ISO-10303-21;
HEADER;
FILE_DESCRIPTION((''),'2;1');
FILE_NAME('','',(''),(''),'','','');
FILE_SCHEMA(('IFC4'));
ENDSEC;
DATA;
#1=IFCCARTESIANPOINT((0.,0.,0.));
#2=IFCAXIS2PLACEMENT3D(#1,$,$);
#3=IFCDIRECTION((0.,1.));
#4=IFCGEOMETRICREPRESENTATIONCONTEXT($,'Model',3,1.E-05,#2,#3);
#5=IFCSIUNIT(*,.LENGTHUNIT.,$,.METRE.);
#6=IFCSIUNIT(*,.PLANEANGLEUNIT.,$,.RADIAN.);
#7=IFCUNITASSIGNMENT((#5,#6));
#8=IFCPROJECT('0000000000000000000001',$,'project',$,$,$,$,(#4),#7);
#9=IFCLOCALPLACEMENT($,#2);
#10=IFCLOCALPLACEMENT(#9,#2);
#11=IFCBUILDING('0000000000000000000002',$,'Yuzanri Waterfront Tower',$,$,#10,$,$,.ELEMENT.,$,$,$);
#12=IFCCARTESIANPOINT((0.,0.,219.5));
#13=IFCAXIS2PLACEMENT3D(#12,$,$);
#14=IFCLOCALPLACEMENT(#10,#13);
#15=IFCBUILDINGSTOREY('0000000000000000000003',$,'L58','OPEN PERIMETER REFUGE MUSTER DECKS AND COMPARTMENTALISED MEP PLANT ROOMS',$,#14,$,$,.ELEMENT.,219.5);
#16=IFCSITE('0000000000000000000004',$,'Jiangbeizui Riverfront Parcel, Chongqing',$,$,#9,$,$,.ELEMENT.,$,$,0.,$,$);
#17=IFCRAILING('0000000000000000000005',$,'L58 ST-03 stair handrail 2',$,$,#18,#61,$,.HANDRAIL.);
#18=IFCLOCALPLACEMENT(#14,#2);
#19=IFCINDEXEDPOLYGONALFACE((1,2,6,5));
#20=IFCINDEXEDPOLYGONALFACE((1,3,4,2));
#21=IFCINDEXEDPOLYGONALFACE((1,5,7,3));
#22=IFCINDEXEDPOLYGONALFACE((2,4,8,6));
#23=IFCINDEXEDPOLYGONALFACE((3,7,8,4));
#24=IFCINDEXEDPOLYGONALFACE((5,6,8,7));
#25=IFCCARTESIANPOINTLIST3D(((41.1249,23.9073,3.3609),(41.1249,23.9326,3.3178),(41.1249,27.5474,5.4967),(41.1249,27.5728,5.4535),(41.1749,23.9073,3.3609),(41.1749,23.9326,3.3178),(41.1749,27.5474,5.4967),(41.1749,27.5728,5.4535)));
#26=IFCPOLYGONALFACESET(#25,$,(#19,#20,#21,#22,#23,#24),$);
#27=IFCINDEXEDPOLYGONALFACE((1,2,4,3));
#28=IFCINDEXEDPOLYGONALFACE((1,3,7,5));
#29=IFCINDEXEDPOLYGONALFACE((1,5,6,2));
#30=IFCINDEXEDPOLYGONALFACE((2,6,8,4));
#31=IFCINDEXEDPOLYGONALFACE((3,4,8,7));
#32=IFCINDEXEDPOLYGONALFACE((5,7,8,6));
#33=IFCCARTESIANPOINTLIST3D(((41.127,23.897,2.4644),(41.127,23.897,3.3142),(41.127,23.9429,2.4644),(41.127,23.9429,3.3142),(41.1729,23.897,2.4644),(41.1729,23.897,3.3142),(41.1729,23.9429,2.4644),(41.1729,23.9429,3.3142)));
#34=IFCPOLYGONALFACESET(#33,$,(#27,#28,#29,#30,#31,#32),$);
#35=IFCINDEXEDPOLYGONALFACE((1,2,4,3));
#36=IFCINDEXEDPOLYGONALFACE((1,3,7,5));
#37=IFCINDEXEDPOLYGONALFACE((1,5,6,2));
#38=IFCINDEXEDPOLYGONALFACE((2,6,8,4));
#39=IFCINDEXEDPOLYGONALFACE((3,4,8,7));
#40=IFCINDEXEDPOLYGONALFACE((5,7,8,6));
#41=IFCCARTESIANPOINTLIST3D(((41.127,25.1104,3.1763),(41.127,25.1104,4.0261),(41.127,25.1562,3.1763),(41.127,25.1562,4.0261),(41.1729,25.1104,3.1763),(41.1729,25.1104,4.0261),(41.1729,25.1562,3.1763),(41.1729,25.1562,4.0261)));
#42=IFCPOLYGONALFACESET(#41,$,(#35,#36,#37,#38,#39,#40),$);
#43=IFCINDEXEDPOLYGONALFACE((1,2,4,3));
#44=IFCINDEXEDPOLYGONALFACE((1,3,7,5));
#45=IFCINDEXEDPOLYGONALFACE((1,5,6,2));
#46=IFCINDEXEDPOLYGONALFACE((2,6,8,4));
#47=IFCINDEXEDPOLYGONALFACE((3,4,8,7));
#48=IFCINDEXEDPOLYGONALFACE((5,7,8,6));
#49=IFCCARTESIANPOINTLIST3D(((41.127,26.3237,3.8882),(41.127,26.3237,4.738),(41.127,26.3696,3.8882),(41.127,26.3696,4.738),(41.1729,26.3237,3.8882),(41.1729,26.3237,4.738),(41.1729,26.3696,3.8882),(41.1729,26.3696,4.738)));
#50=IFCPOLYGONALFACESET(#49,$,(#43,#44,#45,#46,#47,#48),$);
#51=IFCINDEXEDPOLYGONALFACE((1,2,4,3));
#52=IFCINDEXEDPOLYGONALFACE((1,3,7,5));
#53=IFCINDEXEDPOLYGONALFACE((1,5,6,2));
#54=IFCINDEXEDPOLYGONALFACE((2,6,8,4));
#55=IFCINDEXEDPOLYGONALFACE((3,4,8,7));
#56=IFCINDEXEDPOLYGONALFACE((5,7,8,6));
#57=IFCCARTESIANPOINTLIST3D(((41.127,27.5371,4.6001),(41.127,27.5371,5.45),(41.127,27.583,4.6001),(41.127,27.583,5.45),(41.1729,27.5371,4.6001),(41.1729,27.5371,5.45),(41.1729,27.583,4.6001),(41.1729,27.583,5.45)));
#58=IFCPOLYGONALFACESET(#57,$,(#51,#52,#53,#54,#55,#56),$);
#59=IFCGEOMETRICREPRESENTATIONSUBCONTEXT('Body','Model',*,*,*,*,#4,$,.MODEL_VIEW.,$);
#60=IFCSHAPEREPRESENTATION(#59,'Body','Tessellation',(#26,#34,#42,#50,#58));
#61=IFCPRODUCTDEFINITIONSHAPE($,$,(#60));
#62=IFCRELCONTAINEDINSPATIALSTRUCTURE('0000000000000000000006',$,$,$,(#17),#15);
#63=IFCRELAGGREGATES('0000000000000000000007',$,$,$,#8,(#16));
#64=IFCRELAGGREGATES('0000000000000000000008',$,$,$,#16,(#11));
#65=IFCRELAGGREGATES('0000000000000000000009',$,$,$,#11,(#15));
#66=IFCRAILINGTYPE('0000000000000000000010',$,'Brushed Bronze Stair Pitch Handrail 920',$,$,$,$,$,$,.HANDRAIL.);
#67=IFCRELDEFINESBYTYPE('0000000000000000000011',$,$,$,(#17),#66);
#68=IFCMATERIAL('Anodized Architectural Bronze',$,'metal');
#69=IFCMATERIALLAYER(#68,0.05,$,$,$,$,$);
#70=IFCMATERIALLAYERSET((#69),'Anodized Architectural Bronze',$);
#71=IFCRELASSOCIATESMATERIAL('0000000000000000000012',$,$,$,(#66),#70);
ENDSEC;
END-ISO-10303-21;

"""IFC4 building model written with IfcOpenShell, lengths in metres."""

from ifc_helpers import new_model, si_unit, direction, frame, origin, origin_2d, place, context, subcontext, project, spatial, rectangle, extrude, source, transform, mapped, material, layer, layer_set, type_object, element, save


model = new_model("IFC4")

# Units and contexts
model_context = context("Model", 3, precision=1e-05, world=origin(), true_north=direction((0.0, 1.0)))
body_context = subcontext(model_context, "Body", "Model", "MODEL_VIEW")
ifc_project = project(units=[si_unit("LENGTHUNIT", "METRE"), si_unit("PLANEANGLEUNIT", "RADIAN")], contexts=[model_context])

# Site, building, storey
site_placement = place(None, origin())
site = spatial("IfcSite", under=ifc_project, at=site_placement, Name="Jiangbeizui Riverfront Parcel, Chongqing", CompositionType="ELEMENT", RefElevation=0.0)
building_placement = place(site_placement, origin())
building = spatial("IfcBuilding", under=site, at=building_placement, Name="Yuzanri Waterfront Tower", CompositionType="ELEMENT")
storey_placement = place(building_placement, frame((0.0, 0.0, 219.5)))
storey = spatial("IfcBuildingStorey", under=building, at=storey_placement, Name="L58", Description="OPEN PERIMETER REFUGE MUSTER DECKS AND COMPARTMENTALISED MEP PLANT ROOMS", CompositionType="ELEMENT", Elevation=219.5)

# Railing
ifc_material_1 = material(Name="Anodized Architectural Bronze", Category="metal")
ifc_layer_1 = layer(ifc_material_1, 0.05)
ifc_layer_set_1 = layer_set([ifc_layer_1], Name="Anodized Architectural Bronze")
railing_type_1 = type_object("IfcRailingType", Name="Brushed Bronze Stair Pitch Handrail 920", PredefinedType="HANDRAIL", material=ifc_layer_set_1)
shared_shape_1 = source(origin(), body_context, "Body", "SweptSolid", [
    extrude(rectangle(XDim=0.05, YDim=0.05, at=origin_2d()), frame((0.0, 0.0, 0.875), z_axis=(0.0, 0.862505, 0.506049), x_axis=(-1.0, 0.0, 0.0)), (0.0, 0.0, 1.0), 4.2205),
    extrude(rectangle(XDim=0.0459, YDim=0.0459, at=origin_2d()), origin(), (0.0, 0.0, 1.0), 0.8499),
    extrude(rectangle(XDim=0.0459, YDim=0.0459, at=origin_2d()), frame((0.0, 1.2134, 0.7119)), (0.0, 0.0, 1.0), 0.8499),
    extrude(rectangle(XDim=0.0459, YDim=0.0459, at=origin_2d()), frame((0.0, 2.4268, 1.4238)), (0.0, 0.0, 1.0), 0.8499),
    extrude(rectangle(XDim=0.0459, YDim=0.0459, at=origin_2d()), frame((0.0, 3.6401, 2.1357)), (0.0, 0.0, 1.0), 0.8499),
])
railing_1_placement = place(storey_placement, frame((41.1499, 23.9199, 2.4644)))
element("IfcRailing", 1, at=railing_1_placement, inside=storey, type_object=railing_type_1, Name="L58 ST-03 stair handrail 2", PredefinedType="HANDRAIL", context=body_context, shape_type="MappedRepresentation", body=[
    mapped(shared_shape_1, transform((0.0, 0.0, 0.0), scale=1.0)),
])

save(model, "model.ifc")
